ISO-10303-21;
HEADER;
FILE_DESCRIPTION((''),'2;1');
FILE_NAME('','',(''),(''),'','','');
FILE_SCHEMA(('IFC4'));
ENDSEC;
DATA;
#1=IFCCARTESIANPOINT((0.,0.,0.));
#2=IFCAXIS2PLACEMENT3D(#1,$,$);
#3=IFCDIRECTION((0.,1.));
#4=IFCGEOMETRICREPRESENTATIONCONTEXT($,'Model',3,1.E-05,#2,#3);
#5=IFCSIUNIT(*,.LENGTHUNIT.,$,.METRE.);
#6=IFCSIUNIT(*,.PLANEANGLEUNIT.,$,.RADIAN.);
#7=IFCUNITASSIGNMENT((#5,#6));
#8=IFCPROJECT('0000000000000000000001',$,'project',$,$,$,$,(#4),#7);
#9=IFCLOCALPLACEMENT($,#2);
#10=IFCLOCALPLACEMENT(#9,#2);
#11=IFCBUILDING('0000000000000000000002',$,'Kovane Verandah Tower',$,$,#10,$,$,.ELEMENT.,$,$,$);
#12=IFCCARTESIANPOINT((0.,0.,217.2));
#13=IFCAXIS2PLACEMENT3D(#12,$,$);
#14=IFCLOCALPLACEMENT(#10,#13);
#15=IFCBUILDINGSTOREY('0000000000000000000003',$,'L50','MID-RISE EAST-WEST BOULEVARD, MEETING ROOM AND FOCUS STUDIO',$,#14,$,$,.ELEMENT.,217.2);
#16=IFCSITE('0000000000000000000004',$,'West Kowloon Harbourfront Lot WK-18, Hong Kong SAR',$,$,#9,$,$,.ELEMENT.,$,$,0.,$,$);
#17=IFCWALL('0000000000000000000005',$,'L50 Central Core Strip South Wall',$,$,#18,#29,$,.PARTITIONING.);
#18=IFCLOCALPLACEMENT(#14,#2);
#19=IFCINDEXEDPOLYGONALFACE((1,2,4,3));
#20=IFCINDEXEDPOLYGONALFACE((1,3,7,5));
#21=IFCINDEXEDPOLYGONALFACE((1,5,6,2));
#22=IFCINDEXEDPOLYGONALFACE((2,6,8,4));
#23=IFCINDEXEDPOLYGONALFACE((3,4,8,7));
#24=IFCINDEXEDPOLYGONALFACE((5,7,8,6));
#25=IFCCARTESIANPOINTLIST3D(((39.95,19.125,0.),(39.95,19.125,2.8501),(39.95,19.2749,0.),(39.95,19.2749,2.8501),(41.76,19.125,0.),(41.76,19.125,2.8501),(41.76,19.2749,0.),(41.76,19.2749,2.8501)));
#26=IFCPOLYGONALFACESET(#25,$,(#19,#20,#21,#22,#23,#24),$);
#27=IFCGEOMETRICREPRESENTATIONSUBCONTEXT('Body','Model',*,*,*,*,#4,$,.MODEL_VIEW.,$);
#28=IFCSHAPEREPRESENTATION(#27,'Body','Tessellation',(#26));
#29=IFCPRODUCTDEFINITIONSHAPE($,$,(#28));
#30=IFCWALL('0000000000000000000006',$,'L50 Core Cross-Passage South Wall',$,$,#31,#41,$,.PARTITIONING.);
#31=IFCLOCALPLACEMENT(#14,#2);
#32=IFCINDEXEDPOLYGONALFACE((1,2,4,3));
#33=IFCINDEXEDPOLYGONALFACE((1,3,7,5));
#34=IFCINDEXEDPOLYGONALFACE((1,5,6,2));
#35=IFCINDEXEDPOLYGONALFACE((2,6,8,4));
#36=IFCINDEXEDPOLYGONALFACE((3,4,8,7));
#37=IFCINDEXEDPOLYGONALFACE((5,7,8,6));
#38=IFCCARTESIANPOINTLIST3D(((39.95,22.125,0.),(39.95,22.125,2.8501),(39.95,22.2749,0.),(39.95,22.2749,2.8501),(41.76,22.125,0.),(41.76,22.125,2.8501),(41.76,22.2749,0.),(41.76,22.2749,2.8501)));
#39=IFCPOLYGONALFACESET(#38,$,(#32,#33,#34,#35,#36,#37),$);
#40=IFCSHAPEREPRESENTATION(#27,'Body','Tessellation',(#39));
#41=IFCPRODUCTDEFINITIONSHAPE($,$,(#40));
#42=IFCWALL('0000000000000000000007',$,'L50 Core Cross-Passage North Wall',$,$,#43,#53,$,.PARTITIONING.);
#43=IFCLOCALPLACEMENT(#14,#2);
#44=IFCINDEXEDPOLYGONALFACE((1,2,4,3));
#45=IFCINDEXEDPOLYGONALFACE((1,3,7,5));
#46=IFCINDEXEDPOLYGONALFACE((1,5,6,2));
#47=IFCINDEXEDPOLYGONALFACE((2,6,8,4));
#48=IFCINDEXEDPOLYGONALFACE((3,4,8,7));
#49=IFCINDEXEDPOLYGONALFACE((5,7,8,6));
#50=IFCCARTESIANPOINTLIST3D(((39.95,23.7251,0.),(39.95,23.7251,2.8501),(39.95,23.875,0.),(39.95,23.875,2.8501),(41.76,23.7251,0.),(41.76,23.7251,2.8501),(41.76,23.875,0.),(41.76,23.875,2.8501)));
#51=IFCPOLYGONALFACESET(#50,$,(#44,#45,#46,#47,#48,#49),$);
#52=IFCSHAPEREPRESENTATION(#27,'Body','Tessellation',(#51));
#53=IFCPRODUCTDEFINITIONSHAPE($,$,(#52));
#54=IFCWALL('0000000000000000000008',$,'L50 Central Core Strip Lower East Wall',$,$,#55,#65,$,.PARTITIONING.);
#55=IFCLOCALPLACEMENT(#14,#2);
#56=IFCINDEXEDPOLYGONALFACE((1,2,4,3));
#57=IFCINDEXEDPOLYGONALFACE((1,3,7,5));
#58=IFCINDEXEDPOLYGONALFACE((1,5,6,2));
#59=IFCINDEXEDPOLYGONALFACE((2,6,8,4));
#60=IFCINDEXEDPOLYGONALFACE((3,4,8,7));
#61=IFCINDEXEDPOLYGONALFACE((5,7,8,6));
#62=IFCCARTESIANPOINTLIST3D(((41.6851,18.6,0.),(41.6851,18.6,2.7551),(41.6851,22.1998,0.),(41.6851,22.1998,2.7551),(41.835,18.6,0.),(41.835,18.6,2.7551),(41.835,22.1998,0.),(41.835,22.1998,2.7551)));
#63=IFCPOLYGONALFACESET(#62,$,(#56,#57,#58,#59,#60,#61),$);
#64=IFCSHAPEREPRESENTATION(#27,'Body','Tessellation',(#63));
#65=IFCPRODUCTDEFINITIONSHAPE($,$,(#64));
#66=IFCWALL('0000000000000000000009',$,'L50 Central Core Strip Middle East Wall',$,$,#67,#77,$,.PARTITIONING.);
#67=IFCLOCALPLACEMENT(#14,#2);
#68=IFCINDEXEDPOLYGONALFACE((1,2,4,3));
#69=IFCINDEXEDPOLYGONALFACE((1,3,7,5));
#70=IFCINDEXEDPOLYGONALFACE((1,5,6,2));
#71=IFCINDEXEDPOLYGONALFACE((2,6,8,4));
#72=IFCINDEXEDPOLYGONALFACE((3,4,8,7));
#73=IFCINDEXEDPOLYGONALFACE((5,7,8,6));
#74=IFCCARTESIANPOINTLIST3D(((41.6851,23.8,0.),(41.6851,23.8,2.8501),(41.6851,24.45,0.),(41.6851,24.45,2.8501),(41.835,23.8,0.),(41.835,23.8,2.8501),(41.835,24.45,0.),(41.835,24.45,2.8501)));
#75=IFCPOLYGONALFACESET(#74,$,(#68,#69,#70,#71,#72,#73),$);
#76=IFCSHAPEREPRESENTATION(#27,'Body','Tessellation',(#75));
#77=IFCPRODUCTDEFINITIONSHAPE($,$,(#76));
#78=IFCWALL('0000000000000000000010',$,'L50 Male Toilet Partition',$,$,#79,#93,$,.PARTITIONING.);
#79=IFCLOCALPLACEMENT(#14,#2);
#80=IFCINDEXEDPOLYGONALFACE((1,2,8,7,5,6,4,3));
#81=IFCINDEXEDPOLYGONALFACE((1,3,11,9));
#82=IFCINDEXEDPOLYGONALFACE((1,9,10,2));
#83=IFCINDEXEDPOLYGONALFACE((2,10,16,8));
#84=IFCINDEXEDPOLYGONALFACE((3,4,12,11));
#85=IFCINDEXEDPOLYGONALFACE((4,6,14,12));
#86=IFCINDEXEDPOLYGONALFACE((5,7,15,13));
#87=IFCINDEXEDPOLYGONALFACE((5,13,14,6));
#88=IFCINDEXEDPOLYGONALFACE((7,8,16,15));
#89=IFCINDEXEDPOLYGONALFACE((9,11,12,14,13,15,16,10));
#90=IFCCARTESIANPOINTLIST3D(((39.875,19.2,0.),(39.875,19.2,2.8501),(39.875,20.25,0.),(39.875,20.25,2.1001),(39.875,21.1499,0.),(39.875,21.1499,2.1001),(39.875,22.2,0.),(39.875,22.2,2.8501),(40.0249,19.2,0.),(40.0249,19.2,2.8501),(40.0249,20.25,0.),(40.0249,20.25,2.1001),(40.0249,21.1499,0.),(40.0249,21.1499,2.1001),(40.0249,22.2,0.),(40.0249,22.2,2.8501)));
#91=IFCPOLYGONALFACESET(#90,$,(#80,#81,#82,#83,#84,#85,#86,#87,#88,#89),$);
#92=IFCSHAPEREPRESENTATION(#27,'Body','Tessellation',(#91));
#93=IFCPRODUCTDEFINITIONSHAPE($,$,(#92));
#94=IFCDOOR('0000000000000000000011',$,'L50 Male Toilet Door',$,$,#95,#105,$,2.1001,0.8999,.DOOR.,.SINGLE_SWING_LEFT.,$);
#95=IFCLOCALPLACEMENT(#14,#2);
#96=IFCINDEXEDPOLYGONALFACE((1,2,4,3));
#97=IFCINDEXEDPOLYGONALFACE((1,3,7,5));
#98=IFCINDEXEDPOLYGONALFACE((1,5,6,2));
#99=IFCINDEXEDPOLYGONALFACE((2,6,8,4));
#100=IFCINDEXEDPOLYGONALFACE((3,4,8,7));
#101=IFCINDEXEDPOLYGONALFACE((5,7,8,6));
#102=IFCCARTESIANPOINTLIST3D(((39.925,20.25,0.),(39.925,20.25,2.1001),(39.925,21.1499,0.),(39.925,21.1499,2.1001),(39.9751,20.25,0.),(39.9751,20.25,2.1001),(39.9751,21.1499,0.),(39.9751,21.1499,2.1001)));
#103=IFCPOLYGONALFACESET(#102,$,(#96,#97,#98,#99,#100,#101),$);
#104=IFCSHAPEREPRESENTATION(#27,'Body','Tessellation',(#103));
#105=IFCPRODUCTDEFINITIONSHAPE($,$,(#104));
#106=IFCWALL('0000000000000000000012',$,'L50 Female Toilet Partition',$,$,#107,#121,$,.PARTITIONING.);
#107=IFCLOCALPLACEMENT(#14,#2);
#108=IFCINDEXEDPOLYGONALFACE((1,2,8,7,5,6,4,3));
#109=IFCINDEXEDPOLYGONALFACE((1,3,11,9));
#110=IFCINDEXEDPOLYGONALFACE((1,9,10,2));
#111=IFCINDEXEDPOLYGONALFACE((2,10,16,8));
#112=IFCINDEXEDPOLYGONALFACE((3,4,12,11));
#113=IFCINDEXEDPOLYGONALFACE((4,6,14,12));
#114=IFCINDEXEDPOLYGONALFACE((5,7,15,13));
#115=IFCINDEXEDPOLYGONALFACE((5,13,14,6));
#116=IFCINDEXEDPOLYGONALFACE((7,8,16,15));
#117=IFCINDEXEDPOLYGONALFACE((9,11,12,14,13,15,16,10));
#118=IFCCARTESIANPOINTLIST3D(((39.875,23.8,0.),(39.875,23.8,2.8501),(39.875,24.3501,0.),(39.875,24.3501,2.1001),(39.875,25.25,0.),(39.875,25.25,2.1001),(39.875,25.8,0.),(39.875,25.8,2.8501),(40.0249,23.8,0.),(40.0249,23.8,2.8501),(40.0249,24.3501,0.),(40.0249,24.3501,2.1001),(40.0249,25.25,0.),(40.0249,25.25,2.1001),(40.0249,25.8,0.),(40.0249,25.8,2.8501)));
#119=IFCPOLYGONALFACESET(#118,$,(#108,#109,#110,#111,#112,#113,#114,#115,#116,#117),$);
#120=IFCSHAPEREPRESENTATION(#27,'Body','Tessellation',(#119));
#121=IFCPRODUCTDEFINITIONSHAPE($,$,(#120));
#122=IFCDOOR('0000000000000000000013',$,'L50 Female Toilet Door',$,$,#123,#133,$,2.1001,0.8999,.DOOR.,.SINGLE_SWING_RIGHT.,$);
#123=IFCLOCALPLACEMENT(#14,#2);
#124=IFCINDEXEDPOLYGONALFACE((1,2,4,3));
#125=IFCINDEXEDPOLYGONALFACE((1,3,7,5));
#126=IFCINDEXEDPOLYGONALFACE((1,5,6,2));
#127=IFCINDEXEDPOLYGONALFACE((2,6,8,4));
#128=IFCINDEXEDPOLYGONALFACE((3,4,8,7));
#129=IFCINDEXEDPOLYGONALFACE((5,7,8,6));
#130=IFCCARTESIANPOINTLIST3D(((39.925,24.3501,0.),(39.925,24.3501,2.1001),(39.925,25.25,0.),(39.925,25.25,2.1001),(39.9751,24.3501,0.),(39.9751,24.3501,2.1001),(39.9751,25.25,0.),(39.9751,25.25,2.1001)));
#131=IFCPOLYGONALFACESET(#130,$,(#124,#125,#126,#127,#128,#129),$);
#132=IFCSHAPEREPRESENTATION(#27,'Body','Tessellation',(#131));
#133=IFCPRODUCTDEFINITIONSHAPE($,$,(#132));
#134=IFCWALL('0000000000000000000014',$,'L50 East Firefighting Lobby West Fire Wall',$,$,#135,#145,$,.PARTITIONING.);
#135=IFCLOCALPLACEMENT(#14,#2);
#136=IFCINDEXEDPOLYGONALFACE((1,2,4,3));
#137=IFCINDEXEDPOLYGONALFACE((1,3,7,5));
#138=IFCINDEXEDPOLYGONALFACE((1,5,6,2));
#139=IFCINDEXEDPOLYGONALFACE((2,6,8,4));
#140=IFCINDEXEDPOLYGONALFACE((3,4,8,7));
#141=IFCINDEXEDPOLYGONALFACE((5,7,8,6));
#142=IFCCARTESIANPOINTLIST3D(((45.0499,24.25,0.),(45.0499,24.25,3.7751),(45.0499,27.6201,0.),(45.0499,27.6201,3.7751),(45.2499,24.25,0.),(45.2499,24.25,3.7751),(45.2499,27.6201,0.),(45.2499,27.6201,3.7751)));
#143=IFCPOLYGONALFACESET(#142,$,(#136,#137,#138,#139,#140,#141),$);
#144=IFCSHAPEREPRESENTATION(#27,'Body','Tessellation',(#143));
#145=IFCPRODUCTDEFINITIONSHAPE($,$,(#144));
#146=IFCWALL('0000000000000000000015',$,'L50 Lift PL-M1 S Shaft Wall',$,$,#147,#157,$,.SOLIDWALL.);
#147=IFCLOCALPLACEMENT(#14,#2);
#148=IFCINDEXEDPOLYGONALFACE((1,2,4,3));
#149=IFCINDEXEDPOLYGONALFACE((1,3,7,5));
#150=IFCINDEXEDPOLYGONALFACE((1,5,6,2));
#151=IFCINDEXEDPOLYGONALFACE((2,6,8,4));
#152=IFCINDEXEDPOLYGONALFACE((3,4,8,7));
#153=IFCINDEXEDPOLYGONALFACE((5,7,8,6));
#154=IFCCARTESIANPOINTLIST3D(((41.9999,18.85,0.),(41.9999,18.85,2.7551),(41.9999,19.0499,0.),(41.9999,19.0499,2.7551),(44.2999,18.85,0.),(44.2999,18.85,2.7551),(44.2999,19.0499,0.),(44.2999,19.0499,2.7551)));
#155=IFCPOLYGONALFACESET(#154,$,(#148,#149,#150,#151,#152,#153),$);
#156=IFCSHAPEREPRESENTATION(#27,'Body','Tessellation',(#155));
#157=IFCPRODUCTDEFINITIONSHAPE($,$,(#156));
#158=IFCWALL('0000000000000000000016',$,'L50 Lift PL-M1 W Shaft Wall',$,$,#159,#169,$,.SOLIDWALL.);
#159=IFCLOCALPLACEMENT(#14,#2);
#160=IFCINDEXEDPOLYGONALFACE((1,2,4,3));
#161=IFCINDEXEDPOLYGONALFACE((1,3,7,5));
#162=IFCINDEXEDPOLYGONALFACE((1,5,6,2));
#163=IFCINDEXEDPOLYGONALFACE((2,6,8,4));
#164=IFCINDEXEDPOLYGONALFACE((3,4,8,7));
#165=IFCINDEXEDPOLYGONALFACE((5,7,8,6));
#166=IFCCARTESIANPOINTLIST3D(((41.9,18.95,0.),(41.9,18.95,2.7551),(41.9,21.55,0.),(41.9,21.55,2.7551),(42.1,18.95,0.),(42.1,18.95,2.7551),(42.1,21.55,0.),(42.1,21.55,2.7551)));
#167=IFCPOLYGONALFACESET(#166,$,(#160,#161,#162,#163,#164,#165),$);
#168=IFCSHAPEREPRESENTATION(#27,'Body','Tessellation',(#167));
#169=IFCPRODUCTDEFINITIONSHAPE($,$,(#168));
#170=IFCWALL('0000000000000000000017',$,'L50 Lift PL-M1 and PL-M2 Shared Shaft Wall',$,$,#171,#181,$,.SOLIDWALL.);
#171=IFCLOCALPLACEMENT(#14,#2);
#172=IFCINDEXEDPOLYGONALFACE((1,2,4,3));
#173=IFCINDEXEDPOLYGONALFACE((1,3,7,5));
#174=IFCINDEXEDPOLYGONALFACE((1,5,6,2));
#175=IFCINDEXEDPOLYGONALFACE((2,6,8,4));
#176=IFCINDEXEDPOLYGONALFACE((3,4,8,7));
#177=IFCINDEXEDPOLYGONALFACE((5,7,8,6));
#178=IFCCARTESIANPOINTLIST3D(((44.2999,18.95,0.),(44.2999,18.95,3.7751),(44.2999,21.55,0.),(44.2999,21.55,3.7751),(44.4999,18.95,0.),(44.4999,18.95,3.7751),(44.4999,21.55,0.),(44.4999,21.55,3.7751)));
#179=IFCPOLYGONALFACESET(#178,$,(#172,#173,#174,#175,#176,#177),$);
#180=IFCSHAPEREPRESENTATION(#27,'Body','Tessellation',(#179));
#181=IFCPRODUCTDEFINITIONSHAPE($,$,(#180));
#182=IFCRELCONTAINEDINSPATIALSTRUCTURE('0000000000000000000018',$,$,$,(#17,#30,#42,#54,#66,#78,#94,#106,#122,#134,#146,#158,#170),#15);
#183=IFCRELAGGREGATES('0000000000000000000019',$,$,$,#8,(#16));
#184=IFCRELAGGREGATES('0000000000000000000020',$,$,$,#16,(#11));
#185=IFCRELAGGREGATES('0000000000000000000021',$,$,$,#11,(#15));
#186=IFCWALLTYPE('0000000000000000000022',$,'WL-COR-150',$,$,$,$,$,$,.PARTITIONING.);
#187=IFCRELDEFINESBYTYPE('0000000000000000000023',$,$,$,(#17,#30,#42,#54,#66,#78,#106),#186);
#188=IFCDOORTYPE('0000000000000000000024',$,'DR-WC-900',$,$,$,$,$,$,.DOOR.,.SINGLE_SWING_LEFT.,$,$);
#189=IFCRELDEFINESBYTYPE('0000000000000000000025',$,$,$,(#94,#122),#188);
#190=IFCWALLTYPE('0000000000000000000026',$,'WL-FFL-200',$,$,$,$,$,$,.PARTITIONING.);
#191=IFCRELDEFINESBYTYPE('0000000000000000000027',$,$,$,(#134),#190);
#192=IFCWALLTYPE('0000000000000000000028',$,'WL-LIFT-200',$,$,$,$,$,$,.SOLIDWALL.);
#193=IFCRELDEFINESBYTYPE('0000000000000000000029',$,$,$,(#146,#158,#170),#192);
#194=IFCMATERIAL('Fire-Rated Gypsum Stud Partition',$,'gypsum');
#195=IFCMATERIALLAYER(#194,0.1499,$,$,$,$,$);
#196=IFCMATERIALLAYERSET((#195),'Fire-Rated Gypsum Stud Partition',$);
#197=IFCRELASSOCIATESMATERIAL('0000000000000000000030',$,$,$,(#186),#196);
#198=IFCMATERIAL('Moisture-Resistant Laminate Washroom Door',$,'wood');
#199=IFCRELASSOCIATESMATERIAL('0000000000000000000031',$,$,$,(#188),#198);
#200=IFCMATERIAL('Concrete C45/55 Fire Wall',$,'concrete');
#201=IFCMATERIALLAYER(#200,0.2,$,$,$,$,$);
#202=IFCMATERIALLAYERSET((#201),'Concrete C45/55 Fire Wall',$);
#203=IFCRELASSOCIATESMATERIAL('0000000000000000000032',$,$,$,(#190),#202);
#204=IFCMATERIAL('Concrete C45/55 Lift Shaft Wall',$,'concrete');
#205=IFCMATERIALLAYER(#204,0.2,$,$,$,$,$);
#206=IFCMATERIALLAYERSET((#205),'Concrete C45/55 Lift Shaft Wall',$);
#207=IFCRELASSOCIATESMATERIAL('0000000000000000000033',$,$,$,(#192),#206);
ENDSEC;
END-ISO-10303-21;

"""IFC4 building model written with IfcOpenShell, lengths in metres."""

from ifc_helpers import new_model, si_unit, direction, frame, frame_2d, origin, place, context, subcontext, project, spatial, rectangle, extrude, material, layer, layer_set, type_object, element, fill, save


model = new_model("IFC4")

# Units and contexts
model_context = context("Model", 3, precision=1e-05, world=origin(), true_north=direction((0.0, 1.0)))
body_context = subcontext(model_context, "Body", "Model", "MODEL_VIEW")
ifc_project = project(units=[si_unit("LENGTHUNIT", "METRE"), si_unit("PLANEANGLEUNIT", "RADIAN")], contexts=[model_context])

# Site, building, storey
site_placement = place(None, origin())
site = spatial("IfcSite", under=ifc_project, at=site_placement, Name="West Kowloon Harbourfront Lot WK-18, Hong Kong SAR", CompositionType="ELEMENT", RefElevation=0.0)
building_placement = place(site_placement, origin())
building = spatial("IfcBuilding", under=site, at=building_placement, Name="Kovane Verandah Tower", CompositionType="ELEMENT")
storey_placement = place(building_placement, frame((0.0, 0.0, 217.2)))
storey = spatial("IfcBuildingStorey", under=building, at=storey_placement, Name="L50", Description="MID-RISE EAST-WEST BOULEVARD, MEETING ROOM AND FOCUS STUDIO", CompositionType="ELEMENT", Elevation=217.2)

# Walls
ifc_material_1 = material(Name="Fire-Rated Gypsum Stud Partition", Category="gypsum")
ifc_layer_1 = layer(ifc_material_1, 0.1499)
ifc_layer_set_1 = layer_set([ifc_layer_1], Name="Fire-Rated Gypsum Stud Partition")
wall_type_1 = type_object("IfcWallType", Name="WL-COR-150", PredefinedType="PARTITIONING", material=ifc_layer_set_1)
for number, where, z_axis, x_axis, name in (
    (1, (39.95, 19.2, 0.0), (0.0, 0.0, 1.0), (1.0, 0.0, 0.0), "L50 Central Core Strip South Wall"),
    (2, (39.95, 22.2, 0.0), (0.0, 0.0, 1.0), (1.0, 0.0, 0.0), "L50 Core Cross-Passage South Wall"),
    (3, (39.95, 23.8, 0.0), (0.0, 0.0, 1.0), (1.0, 0.0, 0.0), "L50 Core Cross-Passage North Wall"),
):
    element("IfcWall", number, at=place(storey_placement, frame(where, z_axis=z_axis, x_axis=x_axis)), inside=storey, type_object=wall_type_1, Name=name, PredefinedType="PARTITIONING", context=body_context, shape_type="SweptSolid", body=[
        extrude(rectangle(XDim=1.8101, YDim=0.1499, at=frame_2d((0.905, 0.0))), origin(), (0.0, 0.0, 1.0), 2.8501),
    ])
wall_1_placement = place(storey_placement, frame((41.76, 18.6001, 0.0), z_axis=(0.0, 0.0, 1.0), x_axis=(0.0, 1.0, 0.0)))
element("IfcWall", 4, at=wall_1_placement, inside=storey, type_object=wall_type_1, Name="L50 Central Core Strip Lower East Wall", PredefinedType="PARTITIONING", context=body_context, shape_type="SweptSolid", body=[
    extrude(rectangle(XDim=3.5999, YDim=0.1499, at=frame_2d((1.7998, 0.0))), origin(), (0.0, 0.0, 1.0), 2.7551),
])
wall_2_placement = place(storey_placement, frame((41.76, 23.8, 0.0), z_axis=(0.0, 0.0, 1.0), x_axis=(0.0, 1.0, 0.0)))
element("IfcWall", 5, at=wall_2_placement, inside=storey, type_object=wall_type_1, Name="L50 Central Core Strip Middle East Wall", PredefinedType="PARTITIONING", context=body_context, shape_type="SweptSolid", body=[
    extrude(rectangle(XDim=0.6499, YDim=0.1499, at=frame_2d((0.325, 0.0))), origin(), (0.0, 0.0, 1.0), 2.8501),
])

# Walls, openings, doors
wall_3_placement = place(storey_placement, frame((39.95, 19.2, 0.0), z_axis=(0.0, 0.0, 1.0), x_axis=(0.0, 1.0, 0.0)))
wall_3 = element("IfcWall", 6, at=wall_3_placement, inside=storey, type_object=wall_type_1, Name="L50 Male Toilet Partition", PredefinedType="PARTITIONING", context=body_context, shape_type="SweptSolid", body=[
    extrude(rectangle(XDim=3.0, YDim=0.1499, at=frame_2d((1.5, 0.0))), origin(), (0.0, 0.0, 1.0), 2.8501),
])
opening_1_placement = place(wall_3_placement, frame((1.05, 0.0, 0.0)))
opening_1 = element("IfcOpeningElement", 7, at=opening_1_placement, cuts=wall_3, PredefinedType="OPENING", context=body_context, shape_type="SweptSolid", body=[
    extrude(rectangle(XDim=0.8999, YDim=2.1001, at=frame_2d((0.45, 1.05))), frame((0.0, 0.075, 0.0), z_axis=(0.0, -1.0, 0.0), x_axis=(1.0, 0.0, 0.0)), (0.0, 0.0, 1.0), 0.1499),
])
ifc_material_2 = material(Name="Moisture-Resistant Laminate Washroom Door", Category="wood")
door_type_1 = type_object("IfcDoorType", Name="DR-WC-900", OperationType="SINGLE_SWING_LEFT", PredefinedType="DOOR", material=ifc_material_2)
door_1_placement = place(opening_1_placement, origin())
door_1 = element("IfcDoor", 8, at=door_1_placement, inside=storey, type_object=door_type_1, Name="L50 Male Toilet Door", OperationType="SINGLE_SWING_LEFT", OverallHeight=2.1001, OverallWidth=0.8999, PredefinedType="DOOR", context=body_context, shape_type="SweptSolid", body=[
    extrude(rectangle(XDim=0.8999, YDim=2.1001, at=frame_2d((0.45, 1.05))), frame((0.0, 0.0249, 0.0), z_axis=(0.0, -1.0, 0.0), x_axis=(1.0, 0.0, 0.0)), (0.0, 0.0, 1.0), 0.05),
])
fill(opening_1, door_1)
wall_4_placement = place(storey_placement, frame((39.95, 23.8, 0.0), z_axis=(0.0, 0.0, 1.0), x_axis=(0.0, 1.0, 0.0)))
wall_4 = element("IfcWall", 9, at=wall_4_placement, inside=storey, type_object=wall_type_1, Name="L50 Female Toilet Partition", PredefinedType="PARTITIONING", context=body_context, shape_type="SweptSolid", body=[
    extrude(rectangle(XDim=2.0, YDim=0.1499, at=frame_2d((1.0, 0.0))), origin(), (0.0, 0.0, 1.0), 2.8501),
])
opening_2_placement = place(wall_4_placement, frame((0.55, 0.0, 0.0)))
opening_2 = element("IfcOpeningElement", 10, at=opening_2_placement, cuts=wall_4, PredefinedType="OPENING", context=body_context, shape_type="SweptSolid", body=[
    extrude(rectangle(XDim=0.8999, YDim=2.1001, at=frame_2d((0.45, 1.05))), frame((0.0, 0.075, 0.0), z_axis=(0.0, -1.0, 0.0), x_axis=(1.0, 0.0, 0.0)), (0.0, 0.0, 1.0), 0.1499),
])
door_2_placement = place(opening_2_placement, origin())
door_2 = element("IfcDoor", 11, at=door_2_placement, inside=storey, type_object=door_type_1, Name="L50 Female Toilet Door", OperationType="SINGLE_SWING_RIGHT", OverallHeight=2.1001, OverallWidth=0.8999, PredefinedType="DOOR", context=body_context, shape_type="SweptSolid", body=[
    extrude(rectangle(XDim=0.8999, YDim=2.1001, at=frame_2d((0.45, 1.05))), frame((0.0, 0.0249, 0.0), z_axis=(0.0, -1.0, 0.0), x_axis=(1.0, 0.0, 0.0)), (0.0, 0.0, 1.0), 0.05),
])
fill(opening_2, door_2)

# Wall
ifc_material_3 = material(Name="Concrete C45/55 Fire Wall", Category="concrete")
ifc_layer_2 = layer(ifc_material_3, 0.2)
ifc_layer_set_2 = layer_set([ifc_layer_2], Name="Concrete C45/55 Fire Wall")
wall_type_2 = type_object("IfcWallType", Name="WL-FFL-200", PredefinedType="PARTITIONING", material=ifc_layer_set_2)
wall_5_placement = place(storey_placement, frame((45.1499, 24.25, 0.0), z_axis=(0.0, 0.0, 1.0), x_axis=(0.0, 1.0, 0.0)))
element("IfcWall", 12, at=wall_5_placement, inside=storey, type_object=wall_type_2, Name="L50 East Firefighting Lobby West Fire Wall", PredefinedType="PARTITIONING", context=body_context, shape_type="SweptSolid", body=[
    extrude(rectangle(XDim=3.3701, YDim=0.2, at=frame_2d((1.6851, 0.0))), origin(), (0.0, 0.0, 1.0), 3.7751),
])

# Wall
ifc_material_4 = material(Name="Concrete C45/55 Lift Shaft Wall", Category="concrete")
ifc_layer_3 = layer(ifc_material_4, 0.2)
ifc_layer_set_3 = layer_set([ifc_layer_3], Name="Concrete C45/55 Lift Shaft Wall")
wall_type_3 = type_object("IfcWallType", Name="WL-LIFT-200", PredefinedType="SOLIDWALL", material=ifc_layer_set_3)
wall_6_placement = place(storey_placement, frame((42.0, 18.95, 0.0), z_axis=(0.0, 0.0, 1.0), x_axis=(1.0, 0.0, 0.0)))
element("IfcWall", 13, at=wall_6_placement, inside=storey, type_object=wall_type_3, Name="L50 Lift PL-M1 S Shaft Wall", PredefinedType="SOLIDWALL", context=body_context, shape_type="SweptSolid", body=[
    extrude(rectangle(XDim=2.3, YDim=0.2, at=frame_2d((1.1499, 0.0))), origin(), (0.0, 0.0, 1.0), 2.7551),
])

# Walls
wall_7_placement = place(storey_placement, frame((42.0, 21.55, 0.0), z_axis=(0.0, 0.0, 1.0), x_axis=(0.0, -1.0, 0.0)))
element("IfcWall", 14, at=wall_7_placement, inside=storey, type_object=wall_type_3, Name="L50 Lift PL-M1 W Shaft Wall", PredefinedType="SOLIDWALL", context=body_context, shape_type="SweptSolid", body=[
    extrude(rectangle(XDim=2.6001, YDim=0.2, at=frame_2d((1.3, 0.0))), origin(), (0.0, 0.0, 1.0), 2.7551),
])
wall_8_placement = place(storey_placement, frame((44.3999, 18.95, 0.0), z_axis=(0.0, 0.0, 1.0), x_axis=(0.0, 1.0, 0.0)))
element("IfcWall", 15, at=wall_8_placement, inside=storey, type_object=wall_type_3, Name="L50 Lift PL-M1 and PL-M2 Shared Shaft Wall", PredefinedType="SOLIDWALL", context=body_context, shape_type="SweptSolid", body=[
    extrude(rectangle(XDim=2.6001, YDim=0.2, at=frame_2d((1.3, 0.0))), origin(), (0.0, 0.0, 1.0), 3.7751),
])

save(model, "model.ifc")
